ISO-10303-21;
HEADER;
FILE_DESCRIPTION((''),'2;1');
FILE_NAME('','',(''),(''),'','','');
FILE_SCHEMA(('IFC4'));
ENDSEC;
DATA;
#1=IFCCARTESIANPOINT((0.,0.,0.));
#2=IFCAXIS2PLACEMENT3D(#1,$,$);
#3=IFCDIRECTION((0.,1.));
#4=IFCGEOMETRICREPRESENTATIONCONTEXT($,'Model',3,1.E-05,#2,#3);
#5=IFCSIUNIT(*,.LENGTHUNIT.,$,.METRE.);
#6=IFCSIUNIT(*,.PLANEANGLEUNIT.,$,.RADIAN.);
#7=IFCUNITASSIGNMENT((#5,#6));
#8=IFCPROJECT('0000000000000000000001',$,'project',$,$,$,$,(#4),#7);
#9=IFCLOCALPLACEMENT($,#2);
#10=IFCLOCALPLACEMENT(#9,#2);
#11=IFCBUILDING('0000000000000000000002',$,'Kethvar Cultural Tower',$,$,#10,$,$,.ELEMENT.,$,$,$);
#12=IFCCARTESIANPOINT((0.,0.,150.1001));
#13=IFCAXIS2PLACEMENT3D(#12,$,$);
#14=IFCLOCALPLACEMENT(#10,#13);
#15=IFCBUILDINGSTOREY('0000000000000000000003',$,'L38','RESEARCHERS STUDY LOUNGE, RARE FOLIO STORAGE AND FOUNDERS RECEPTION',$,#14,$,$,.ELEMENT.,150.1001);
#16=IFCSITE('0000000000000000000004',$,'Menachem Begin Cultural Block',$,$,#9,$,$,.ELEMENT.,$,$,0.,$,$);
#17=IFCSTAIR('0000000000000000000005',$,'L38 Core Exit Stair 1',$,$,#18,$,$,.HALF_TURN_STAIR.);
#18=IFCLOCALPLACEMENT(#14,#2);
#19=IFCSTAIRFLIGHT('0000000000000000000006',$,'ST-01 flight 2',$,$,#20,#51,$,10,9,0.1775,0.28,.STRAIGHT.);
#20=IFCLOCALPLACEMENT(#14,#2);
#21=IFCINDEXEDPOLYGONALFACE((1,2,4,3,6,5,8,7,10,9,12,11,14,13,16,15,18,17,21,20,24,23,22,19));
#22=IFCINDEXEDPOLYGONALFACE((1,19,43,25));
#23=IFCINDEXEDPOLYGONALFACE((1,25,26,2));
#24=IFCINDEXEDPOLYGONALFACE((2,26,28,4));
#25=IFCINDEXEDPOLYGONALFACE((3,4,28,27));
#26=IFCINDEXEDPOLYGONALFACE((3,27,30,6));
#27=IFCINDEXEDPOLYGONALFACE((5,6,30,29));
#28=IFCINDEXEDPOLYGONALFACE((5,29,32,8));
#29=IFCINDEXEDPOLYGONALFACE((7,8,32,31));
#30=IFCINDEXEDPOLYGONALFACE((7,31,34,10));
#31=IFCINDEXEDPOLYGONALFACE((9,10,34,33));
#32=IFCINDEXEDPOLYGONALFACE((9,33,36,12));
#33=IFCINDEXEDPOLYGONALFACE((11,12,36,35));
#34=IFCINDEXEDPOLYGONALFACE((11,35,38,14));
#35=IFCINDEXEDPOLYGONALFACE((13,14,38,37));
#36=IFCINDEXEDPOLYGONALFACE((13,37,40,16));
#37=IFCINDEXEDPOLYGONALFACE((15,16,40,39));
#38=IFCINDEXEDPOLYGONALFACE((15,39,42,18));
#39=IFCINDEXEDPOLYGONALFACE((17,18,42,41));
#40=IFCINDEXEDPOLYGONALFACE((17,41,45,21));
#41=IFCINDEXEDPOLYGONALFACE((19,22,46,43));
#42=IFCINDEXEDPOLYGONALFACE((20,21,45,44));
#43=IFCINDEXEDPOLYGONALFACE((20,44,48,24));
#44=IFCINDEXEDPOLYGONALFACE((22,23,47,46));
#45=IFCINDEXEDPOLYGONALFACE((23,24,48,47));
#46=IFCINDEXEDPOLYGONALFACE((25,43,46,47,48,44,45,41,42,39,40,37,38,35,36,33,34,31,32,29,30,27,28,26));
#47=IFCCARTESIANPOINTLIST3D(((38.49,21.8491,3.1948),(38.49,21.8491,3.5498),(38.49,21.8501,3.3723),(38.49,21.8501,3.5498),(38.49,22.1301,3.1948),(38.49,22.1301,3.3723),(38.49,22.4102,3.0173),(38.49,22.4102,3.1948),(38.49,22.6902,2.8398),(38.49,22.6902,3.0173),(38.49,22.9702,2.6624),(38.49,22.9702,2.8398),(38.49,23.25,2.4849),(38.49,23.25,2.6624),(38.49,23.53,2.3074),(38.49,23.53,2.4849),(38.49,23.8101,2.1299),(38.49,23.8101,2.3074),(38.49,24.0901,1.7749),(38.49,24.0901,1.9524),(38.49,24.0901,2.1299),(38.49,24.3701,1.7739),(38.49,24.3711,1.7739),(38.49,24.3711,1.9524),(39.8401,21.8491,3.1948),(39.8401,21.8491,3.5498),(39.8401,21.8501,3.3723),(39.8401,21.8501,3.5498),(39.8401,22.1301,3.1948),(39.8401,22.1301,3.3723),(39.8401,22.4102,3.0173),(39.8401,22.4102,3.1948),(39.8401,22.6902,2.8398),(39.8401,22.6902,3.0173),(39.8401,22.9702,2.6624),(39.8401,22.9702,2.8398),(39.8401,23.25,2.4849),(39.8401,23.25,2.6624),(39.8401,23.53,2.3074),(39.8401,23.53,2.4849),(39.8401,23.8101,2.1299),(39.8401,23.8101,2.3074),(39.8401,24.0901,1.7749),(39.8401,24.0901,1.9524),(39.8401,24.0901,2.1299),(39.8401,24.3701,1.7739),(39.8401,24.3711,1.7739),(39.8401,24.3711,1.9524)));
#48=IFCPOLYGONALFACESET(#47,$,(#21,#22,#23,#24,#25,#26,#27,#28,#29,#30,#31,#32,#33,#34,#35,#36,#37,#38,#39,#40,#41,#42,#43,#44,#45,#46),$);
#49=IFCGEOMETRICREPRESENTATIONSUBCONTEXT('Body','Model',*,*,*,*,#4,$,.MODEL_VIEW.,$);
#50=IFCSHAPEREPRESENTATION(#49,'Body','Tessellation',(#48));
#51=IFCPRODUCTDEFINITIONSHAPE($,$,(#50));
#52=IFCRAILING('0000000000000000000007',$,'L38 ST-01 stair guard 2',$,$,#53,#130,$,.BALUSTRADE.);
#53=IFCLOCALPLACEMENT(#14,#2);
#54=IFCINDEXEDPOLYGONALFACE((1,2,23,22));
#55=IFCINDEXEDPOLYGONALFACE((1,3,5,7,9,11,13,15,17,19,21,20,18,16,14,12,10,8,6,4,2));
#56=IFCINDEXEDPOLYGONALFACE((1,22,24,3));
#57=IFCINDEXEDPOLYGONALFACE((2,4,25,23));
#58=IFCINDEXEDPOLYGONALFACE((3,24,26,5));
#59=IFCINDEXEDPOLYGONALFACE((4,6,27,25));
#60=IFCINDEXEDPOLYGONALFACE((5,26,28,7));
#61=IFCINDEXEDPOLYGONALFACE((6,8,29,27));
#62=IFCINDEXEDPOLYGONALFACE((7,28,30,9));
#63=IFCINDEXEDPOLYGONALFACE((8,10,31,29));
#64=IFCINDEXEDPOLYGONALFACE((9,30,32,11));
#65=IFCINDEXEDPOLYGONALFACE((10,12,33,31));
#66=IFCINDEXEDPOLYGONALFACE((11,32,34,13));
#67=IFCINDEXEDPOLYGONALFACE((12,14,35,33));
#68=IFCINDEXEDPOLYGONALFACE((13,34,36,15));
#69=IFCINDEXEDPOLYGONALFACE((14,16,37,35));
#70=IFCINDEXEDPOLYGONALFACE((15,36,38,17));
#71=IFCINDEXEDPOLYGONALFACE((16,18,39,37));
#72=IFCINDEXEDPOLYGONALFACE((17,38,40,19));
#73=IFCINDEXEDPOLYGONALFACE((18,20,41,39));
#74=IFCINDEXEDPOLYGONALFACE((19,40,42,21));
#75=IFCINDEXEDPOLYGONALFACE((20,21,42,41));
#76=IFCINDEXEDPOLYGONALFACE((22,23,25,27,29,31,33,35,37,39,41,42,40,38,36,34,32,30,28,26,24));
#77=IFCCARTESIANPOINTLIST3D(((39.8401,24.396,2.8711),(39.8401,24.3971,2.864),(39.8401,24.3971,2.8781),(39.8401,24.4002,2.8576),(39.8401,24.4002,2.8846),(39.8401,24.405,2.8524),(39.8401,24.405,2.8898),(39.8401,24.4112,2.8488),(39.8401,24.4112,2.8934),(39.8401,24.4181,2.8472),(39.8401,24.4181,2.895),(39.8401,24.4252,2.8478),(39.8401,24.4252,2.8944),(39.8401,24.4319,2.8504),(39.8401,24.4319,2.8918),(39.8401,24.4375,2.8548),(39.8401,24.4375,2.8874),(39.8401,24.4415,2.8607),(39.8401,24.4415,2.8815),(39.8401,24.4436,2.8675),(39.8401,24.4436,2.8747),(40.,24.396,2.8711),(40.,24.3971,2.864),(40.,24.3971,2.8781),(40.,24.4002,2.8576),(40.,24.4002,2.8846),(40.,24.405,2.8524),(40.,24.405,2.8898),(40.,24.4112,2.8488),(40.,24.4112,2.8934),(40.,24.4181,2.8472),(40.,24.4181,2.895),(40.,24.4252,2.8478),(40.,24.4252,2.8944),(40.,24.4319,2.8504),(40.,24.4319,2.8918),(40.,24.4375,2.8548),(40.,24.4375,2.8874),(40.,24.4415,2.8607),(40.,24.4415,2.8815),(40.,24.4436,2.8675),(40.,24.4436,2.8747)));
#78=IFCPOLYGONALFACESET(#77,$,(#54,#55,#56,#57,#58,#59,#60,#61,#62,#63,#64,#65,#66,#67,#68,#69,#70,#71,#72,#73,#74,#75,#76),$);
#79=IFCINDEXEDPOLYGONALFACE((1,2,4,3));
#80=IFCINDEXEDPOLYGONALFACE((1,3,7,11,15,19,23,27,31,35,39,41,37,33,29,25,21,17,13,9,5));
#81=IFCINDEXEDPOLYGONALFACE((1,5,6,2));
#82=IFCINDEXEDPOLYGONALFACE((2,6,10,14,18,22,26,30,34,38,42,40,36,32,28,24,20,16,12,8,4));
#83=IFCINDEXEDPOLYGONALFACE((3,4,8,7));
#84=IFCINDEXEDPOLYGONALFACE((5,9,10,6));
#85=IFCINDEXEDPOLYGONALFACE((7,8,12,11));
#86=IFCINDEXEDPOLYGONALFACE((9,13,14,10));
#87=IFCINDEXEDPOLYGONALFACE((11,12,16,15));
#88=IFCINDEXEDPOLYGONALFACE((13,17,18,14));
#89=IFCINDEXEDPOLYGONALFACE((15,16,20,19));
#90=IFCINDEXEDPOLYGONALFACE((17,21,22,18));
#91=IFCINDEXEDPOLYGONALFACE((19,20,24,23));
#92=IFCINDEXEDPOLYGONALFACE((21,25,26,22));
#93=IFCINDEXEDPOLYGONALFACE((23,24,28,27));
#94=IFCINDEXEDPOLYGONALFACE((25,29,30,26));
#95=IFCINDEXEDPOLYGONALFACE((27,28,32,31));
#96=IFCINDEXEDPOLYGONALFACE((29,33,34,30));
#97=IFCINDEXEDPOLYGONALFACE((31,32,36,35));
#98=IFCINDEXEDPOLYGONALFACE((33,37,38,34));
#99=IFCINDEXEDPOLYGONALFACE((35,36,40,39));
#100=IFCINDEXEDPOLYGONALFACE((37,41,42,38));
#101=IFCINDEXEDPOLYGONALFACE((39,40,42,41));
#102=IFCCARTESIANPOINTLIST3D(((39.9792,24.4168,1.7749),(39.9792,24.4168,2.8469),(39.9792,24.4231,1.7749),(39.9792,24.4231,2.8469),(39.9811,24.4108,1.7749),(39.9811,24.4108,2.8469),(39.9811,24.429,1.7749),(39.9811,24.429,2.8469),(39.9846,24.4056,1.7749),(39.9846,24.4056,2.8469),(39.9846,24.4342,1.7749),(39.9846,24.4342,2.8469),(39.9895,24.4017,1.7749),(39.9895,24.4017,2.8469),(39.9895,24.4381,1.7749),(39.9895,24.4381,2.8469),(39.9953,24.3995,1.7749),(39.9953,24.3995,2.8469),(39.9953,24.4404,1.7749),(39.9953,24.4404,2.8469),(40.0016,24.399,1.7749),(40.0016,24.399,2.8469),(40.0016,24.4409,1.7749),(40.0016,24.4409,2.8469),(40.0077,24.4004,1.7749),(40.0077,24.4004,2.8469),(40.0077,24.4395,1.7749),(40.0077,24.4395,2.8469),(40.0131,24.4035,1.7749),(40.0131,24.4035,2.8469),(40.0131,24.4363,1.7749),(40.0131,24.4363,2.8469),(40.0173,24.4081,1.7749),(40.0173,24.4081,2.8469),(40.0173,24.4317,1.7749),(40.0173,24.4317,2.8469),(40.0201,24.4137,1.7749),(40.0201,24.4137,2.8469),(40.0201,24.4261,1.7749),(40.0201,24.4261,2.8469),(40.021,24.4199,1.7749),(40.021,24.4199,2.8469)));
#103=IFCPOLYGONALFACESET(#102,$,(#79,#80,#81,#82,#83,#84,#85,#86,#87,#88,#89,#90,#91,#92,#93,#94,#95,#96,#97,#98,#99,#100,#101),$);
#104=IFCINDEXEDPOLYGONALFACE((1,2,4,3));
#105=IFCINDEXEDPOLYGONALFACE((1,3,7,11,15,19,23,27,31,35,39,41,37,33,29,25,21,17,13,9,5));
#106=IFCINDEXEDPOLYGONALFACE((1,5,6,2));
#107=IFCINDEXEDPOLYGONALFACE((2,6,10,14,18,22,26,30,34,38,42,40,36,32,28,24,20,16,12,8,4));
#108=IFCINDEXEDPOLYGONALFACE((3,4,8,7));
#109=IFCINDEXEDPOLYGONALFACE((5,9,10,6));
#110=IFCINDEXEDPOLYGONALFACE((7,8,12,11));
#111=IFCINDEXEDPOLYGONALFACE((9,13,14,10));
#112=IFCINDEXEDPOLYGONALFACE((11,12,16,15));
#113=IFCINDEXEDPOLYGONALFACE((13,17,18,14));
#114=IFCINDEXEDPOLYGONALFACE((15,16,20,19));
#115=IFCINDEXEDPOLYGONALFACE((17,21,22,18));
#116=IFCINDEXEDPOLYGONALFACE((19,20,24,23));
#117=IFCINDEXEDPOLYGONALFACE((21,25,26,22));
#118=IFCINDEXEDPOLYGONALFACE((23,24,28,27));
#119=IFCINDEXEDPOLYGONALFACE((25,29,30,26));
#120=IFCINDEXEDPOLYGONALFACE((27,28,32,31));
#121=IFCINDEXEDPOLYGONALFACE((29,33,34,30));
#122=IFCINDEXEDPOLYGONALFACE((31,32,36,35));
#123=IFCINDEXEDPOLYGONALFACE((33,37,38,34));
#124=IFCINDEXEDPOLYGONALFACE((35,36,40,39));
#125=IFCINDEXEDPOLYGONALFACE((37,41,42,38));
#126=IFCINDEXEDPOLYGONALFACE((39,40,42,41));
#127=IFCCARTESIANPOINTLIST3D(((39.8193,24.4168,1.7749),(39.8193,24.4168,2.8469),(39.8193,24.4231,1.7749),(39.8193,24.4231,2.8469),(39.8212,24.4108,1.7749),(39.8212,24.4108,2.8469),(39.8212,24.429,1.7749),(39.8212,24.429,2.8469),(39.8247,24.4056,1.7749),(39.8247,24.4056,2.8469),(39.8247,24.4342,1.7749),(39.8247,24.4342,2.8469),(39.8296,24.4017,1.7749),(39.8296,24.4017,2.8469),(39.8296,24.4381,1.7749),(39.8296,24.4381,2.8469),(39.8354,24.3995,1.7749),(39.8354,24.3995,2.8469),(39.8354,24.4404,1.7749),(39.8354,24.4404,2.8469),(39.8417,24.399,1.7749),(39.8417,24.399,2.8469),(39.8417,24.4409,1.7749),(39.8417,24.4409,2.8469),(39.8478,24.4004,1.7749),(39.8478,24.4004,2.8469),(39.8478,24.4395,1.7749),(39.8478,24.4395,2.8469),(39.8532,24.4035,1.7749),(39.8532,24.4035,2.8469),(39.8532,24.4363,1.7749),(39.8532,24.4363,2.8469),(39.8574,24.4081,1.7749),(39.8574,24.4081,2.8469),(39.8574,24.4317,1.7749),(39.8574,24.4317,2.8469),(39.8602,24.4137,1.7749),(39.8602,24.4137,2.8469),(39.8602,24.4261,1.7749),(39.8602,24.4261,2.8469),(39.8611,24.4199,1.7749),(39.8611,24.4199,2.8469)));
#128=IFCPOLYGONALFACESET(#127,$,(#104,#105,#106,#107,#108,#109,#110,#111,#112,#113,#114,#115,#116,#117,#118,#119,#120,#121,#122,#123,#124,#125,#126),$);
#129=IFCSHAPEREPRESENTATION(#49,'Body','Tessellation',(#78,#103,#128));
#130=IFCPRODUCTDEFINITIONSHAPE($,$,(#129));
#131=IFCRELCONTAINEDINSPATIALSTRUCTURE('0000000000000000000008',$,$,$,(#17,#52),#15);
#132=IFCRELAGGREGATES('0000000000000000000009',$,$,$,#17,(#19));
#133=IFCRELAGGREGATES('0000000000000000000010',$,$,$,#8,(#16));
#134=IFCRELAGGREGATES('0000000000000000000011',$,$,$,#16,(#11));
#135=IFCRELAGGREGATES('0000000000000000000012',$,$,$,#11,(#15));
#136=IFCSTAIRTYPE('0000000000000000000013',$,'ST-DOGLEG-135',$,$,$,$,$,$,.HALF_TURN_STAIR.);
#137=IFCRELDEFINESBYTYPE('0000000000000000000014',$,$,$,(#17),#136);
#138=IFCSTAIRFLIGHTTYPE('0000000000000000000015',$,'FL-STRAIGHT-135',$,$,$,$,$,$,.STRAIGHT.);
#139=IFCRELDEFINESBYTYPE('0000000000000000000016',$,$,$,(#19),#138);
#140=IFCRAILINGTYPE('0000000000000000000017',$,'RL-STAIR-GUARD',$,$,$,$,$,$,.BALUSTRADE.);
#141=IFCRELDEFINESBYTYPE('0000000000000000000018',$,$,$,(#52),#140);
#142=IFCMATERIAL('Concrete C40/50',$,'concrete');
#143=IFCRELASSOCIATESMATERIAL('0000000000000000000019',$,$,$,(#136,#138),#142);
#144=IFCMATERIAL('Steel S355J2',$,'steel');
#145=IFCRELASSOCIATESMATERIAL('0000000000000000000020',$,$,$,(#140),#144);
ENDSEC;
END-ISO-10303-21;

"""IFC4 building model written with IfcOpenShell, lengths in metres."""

from ifc_helpers import new_model, si_unit, direction, frame, origin, origin_2d, place, context, subcontext, project, spatial, polyline, circle, outline, extrude, material, type_object, element, aggregate, save


model = new_model("IFC4")

# Units and contexts
model_context = context("Model", 3, precision=1e-05, world=origin(), true_north=direction((0.0, 1.0)))
body_context = subcontext(model_context, "Body", "Model", "MODEL_VIEW")
ifc_project = project(units=[si_unit("LENGTHUNIT", "METRE"), si_unit("PLANEANGLEUNIT", "RADIAN")], contexts=[model_context])

# Site, building, storey
site_placement = place(None, origin())
site = spatial("IfcSite", under=ifc_project, at=site_placement, Name="Menachem Begin Cultural Block", CompositionType="ELEMENT", RefElevation=0.0)
building_placement = place(site_placement, origin())
building = spatial("IfcBuilding", under=site, at=building_placement, Name="Kethvar Cultural Tower", CompositionType="ELEMENT")
storey_placement = place(building_placement, frame((0.0, 0.0, 150.1001)))
storey = spatial("IfcBuildingStorey", under=building, at=storey_placement, Name="L38", Description="RESEARCHERS STUDY LOUNGE, RARE FOLIO STORAGE AND FOUNDERS RECEPTION", CompositionType="ELEMENT", Elevation=150.1001)

# Shared definitions
ifc_material_1 = material(Name="Steel S355J2", Category="steel")

# Shared definitions
ifc_material_2 = material(Name="Concrete C40/50", Category="concrete")

# Stair, stair flight
stair_type = type_object("IfcStairType", Name="ST-DOGLEG-135", PredefinedType="HALF_TURN_STAIR", material=ifc_material_2)
stair_placement = place(storey_placement, origin())
stair = element("IfcStair", 1, at=stair_placement, inside=storey, type_object=stair_type, Name="L38 Core Exit Stair 1", PredefinedType="HALF_TURN_STAIR")
stair_flight_type = type_object("IfcStairFlightType", Name="FL-STRAIGHT-135", PredefinedType="STRAIGHT", material=ifc_material_2)
stair_flight_placement = place(storey_placement, frame((39.165, 24.3701, 1.7749), z_axis=(0.0, 0.0, 1.0), x_axis=(0.0, -1.0, 0.0)))
stair_flight = element("IfcStairFlight", 2, at=stair_flight_placement, type_object=stair_flight_type, Name="ST-01 flight 2", NumberOfRisers=10, NumberOfTreads=9, PredefinedType="STRAIGHT", RiserHeight=0.1775, TreadLength=0.28, context=body_context, shape_type="SweptSolid", body=[
    extrude(outline(polyline([(-0.001, -0.001), (-0.001, 0.1775), (0.28, 0.1775), (0.28, 0.355), (0.5601, 0.355), (0.5601, 0.5325), (0.8401, 0.5325), (0.8401, 0.71), (1.1201, 0.71), (1.1201, 0.8875), (1.3999, 0.8875), (1.3999, 1.0649), (1.6799, 1.0649), (1.6799, 1.2424), (1.96, 1.2424), (1.96, 1.4199), (2.24, 1.4199), (2.24, 1.5974), (2.52, 1.5974), (2.52, 1.7749), (2.521, 1.7749), (2.521, 1.4199), (0.28, 0.0), (0.0, -0.001), (-0.001, -0.001)])), frame((0.0, 0.675, 0.0), z_axis=(0.0, -1.0, 0.0), x_axis=(1.0, 0.0, 0.0)), (0.0, 0.0, 1.0), 1.3501),
])
aggregate(stair, [stair_flight])

# Railing
railing_type_1 = type_object("IfcRailingType", Name="RL-STAIR-GUARD", PredefinedType="BALUSTRADE", material=ifc_material_1)
railing_1_placement = place(storey_placement, frame((40.0, 24.4199, 1.7749)))
element("IfcRailing", 3, at=railing_1_placement, inside=storey, type_object=railing_type_1, Name="L38 ST-01 stair guard 2", PredefinedType="BALUSTRADE", context=body_context, shape_type="SweptSolid", body=[
    extrude(circle(Radius=0.0239, at=origin_2d()), frame((0.0, 0.0, 1.0962), z_axis=(-1.0, 0.0, 0.0), x_axis=(0.0, -1.0, 0.0)), (0.0, 0.0, 1.0), 0.1599),
    extrude(circle(Radius=0.021, at=origin_2d()), origin(), (0.0, 0.0, 1.0), 1.072),
    extrude(circle(Radius=0.021, at=origin_2d()), frame((-0.1599, 0.0, 0.0)), (0.0, 0.0, 1.0), 1.072),
])

save(model, "model.ifc")
